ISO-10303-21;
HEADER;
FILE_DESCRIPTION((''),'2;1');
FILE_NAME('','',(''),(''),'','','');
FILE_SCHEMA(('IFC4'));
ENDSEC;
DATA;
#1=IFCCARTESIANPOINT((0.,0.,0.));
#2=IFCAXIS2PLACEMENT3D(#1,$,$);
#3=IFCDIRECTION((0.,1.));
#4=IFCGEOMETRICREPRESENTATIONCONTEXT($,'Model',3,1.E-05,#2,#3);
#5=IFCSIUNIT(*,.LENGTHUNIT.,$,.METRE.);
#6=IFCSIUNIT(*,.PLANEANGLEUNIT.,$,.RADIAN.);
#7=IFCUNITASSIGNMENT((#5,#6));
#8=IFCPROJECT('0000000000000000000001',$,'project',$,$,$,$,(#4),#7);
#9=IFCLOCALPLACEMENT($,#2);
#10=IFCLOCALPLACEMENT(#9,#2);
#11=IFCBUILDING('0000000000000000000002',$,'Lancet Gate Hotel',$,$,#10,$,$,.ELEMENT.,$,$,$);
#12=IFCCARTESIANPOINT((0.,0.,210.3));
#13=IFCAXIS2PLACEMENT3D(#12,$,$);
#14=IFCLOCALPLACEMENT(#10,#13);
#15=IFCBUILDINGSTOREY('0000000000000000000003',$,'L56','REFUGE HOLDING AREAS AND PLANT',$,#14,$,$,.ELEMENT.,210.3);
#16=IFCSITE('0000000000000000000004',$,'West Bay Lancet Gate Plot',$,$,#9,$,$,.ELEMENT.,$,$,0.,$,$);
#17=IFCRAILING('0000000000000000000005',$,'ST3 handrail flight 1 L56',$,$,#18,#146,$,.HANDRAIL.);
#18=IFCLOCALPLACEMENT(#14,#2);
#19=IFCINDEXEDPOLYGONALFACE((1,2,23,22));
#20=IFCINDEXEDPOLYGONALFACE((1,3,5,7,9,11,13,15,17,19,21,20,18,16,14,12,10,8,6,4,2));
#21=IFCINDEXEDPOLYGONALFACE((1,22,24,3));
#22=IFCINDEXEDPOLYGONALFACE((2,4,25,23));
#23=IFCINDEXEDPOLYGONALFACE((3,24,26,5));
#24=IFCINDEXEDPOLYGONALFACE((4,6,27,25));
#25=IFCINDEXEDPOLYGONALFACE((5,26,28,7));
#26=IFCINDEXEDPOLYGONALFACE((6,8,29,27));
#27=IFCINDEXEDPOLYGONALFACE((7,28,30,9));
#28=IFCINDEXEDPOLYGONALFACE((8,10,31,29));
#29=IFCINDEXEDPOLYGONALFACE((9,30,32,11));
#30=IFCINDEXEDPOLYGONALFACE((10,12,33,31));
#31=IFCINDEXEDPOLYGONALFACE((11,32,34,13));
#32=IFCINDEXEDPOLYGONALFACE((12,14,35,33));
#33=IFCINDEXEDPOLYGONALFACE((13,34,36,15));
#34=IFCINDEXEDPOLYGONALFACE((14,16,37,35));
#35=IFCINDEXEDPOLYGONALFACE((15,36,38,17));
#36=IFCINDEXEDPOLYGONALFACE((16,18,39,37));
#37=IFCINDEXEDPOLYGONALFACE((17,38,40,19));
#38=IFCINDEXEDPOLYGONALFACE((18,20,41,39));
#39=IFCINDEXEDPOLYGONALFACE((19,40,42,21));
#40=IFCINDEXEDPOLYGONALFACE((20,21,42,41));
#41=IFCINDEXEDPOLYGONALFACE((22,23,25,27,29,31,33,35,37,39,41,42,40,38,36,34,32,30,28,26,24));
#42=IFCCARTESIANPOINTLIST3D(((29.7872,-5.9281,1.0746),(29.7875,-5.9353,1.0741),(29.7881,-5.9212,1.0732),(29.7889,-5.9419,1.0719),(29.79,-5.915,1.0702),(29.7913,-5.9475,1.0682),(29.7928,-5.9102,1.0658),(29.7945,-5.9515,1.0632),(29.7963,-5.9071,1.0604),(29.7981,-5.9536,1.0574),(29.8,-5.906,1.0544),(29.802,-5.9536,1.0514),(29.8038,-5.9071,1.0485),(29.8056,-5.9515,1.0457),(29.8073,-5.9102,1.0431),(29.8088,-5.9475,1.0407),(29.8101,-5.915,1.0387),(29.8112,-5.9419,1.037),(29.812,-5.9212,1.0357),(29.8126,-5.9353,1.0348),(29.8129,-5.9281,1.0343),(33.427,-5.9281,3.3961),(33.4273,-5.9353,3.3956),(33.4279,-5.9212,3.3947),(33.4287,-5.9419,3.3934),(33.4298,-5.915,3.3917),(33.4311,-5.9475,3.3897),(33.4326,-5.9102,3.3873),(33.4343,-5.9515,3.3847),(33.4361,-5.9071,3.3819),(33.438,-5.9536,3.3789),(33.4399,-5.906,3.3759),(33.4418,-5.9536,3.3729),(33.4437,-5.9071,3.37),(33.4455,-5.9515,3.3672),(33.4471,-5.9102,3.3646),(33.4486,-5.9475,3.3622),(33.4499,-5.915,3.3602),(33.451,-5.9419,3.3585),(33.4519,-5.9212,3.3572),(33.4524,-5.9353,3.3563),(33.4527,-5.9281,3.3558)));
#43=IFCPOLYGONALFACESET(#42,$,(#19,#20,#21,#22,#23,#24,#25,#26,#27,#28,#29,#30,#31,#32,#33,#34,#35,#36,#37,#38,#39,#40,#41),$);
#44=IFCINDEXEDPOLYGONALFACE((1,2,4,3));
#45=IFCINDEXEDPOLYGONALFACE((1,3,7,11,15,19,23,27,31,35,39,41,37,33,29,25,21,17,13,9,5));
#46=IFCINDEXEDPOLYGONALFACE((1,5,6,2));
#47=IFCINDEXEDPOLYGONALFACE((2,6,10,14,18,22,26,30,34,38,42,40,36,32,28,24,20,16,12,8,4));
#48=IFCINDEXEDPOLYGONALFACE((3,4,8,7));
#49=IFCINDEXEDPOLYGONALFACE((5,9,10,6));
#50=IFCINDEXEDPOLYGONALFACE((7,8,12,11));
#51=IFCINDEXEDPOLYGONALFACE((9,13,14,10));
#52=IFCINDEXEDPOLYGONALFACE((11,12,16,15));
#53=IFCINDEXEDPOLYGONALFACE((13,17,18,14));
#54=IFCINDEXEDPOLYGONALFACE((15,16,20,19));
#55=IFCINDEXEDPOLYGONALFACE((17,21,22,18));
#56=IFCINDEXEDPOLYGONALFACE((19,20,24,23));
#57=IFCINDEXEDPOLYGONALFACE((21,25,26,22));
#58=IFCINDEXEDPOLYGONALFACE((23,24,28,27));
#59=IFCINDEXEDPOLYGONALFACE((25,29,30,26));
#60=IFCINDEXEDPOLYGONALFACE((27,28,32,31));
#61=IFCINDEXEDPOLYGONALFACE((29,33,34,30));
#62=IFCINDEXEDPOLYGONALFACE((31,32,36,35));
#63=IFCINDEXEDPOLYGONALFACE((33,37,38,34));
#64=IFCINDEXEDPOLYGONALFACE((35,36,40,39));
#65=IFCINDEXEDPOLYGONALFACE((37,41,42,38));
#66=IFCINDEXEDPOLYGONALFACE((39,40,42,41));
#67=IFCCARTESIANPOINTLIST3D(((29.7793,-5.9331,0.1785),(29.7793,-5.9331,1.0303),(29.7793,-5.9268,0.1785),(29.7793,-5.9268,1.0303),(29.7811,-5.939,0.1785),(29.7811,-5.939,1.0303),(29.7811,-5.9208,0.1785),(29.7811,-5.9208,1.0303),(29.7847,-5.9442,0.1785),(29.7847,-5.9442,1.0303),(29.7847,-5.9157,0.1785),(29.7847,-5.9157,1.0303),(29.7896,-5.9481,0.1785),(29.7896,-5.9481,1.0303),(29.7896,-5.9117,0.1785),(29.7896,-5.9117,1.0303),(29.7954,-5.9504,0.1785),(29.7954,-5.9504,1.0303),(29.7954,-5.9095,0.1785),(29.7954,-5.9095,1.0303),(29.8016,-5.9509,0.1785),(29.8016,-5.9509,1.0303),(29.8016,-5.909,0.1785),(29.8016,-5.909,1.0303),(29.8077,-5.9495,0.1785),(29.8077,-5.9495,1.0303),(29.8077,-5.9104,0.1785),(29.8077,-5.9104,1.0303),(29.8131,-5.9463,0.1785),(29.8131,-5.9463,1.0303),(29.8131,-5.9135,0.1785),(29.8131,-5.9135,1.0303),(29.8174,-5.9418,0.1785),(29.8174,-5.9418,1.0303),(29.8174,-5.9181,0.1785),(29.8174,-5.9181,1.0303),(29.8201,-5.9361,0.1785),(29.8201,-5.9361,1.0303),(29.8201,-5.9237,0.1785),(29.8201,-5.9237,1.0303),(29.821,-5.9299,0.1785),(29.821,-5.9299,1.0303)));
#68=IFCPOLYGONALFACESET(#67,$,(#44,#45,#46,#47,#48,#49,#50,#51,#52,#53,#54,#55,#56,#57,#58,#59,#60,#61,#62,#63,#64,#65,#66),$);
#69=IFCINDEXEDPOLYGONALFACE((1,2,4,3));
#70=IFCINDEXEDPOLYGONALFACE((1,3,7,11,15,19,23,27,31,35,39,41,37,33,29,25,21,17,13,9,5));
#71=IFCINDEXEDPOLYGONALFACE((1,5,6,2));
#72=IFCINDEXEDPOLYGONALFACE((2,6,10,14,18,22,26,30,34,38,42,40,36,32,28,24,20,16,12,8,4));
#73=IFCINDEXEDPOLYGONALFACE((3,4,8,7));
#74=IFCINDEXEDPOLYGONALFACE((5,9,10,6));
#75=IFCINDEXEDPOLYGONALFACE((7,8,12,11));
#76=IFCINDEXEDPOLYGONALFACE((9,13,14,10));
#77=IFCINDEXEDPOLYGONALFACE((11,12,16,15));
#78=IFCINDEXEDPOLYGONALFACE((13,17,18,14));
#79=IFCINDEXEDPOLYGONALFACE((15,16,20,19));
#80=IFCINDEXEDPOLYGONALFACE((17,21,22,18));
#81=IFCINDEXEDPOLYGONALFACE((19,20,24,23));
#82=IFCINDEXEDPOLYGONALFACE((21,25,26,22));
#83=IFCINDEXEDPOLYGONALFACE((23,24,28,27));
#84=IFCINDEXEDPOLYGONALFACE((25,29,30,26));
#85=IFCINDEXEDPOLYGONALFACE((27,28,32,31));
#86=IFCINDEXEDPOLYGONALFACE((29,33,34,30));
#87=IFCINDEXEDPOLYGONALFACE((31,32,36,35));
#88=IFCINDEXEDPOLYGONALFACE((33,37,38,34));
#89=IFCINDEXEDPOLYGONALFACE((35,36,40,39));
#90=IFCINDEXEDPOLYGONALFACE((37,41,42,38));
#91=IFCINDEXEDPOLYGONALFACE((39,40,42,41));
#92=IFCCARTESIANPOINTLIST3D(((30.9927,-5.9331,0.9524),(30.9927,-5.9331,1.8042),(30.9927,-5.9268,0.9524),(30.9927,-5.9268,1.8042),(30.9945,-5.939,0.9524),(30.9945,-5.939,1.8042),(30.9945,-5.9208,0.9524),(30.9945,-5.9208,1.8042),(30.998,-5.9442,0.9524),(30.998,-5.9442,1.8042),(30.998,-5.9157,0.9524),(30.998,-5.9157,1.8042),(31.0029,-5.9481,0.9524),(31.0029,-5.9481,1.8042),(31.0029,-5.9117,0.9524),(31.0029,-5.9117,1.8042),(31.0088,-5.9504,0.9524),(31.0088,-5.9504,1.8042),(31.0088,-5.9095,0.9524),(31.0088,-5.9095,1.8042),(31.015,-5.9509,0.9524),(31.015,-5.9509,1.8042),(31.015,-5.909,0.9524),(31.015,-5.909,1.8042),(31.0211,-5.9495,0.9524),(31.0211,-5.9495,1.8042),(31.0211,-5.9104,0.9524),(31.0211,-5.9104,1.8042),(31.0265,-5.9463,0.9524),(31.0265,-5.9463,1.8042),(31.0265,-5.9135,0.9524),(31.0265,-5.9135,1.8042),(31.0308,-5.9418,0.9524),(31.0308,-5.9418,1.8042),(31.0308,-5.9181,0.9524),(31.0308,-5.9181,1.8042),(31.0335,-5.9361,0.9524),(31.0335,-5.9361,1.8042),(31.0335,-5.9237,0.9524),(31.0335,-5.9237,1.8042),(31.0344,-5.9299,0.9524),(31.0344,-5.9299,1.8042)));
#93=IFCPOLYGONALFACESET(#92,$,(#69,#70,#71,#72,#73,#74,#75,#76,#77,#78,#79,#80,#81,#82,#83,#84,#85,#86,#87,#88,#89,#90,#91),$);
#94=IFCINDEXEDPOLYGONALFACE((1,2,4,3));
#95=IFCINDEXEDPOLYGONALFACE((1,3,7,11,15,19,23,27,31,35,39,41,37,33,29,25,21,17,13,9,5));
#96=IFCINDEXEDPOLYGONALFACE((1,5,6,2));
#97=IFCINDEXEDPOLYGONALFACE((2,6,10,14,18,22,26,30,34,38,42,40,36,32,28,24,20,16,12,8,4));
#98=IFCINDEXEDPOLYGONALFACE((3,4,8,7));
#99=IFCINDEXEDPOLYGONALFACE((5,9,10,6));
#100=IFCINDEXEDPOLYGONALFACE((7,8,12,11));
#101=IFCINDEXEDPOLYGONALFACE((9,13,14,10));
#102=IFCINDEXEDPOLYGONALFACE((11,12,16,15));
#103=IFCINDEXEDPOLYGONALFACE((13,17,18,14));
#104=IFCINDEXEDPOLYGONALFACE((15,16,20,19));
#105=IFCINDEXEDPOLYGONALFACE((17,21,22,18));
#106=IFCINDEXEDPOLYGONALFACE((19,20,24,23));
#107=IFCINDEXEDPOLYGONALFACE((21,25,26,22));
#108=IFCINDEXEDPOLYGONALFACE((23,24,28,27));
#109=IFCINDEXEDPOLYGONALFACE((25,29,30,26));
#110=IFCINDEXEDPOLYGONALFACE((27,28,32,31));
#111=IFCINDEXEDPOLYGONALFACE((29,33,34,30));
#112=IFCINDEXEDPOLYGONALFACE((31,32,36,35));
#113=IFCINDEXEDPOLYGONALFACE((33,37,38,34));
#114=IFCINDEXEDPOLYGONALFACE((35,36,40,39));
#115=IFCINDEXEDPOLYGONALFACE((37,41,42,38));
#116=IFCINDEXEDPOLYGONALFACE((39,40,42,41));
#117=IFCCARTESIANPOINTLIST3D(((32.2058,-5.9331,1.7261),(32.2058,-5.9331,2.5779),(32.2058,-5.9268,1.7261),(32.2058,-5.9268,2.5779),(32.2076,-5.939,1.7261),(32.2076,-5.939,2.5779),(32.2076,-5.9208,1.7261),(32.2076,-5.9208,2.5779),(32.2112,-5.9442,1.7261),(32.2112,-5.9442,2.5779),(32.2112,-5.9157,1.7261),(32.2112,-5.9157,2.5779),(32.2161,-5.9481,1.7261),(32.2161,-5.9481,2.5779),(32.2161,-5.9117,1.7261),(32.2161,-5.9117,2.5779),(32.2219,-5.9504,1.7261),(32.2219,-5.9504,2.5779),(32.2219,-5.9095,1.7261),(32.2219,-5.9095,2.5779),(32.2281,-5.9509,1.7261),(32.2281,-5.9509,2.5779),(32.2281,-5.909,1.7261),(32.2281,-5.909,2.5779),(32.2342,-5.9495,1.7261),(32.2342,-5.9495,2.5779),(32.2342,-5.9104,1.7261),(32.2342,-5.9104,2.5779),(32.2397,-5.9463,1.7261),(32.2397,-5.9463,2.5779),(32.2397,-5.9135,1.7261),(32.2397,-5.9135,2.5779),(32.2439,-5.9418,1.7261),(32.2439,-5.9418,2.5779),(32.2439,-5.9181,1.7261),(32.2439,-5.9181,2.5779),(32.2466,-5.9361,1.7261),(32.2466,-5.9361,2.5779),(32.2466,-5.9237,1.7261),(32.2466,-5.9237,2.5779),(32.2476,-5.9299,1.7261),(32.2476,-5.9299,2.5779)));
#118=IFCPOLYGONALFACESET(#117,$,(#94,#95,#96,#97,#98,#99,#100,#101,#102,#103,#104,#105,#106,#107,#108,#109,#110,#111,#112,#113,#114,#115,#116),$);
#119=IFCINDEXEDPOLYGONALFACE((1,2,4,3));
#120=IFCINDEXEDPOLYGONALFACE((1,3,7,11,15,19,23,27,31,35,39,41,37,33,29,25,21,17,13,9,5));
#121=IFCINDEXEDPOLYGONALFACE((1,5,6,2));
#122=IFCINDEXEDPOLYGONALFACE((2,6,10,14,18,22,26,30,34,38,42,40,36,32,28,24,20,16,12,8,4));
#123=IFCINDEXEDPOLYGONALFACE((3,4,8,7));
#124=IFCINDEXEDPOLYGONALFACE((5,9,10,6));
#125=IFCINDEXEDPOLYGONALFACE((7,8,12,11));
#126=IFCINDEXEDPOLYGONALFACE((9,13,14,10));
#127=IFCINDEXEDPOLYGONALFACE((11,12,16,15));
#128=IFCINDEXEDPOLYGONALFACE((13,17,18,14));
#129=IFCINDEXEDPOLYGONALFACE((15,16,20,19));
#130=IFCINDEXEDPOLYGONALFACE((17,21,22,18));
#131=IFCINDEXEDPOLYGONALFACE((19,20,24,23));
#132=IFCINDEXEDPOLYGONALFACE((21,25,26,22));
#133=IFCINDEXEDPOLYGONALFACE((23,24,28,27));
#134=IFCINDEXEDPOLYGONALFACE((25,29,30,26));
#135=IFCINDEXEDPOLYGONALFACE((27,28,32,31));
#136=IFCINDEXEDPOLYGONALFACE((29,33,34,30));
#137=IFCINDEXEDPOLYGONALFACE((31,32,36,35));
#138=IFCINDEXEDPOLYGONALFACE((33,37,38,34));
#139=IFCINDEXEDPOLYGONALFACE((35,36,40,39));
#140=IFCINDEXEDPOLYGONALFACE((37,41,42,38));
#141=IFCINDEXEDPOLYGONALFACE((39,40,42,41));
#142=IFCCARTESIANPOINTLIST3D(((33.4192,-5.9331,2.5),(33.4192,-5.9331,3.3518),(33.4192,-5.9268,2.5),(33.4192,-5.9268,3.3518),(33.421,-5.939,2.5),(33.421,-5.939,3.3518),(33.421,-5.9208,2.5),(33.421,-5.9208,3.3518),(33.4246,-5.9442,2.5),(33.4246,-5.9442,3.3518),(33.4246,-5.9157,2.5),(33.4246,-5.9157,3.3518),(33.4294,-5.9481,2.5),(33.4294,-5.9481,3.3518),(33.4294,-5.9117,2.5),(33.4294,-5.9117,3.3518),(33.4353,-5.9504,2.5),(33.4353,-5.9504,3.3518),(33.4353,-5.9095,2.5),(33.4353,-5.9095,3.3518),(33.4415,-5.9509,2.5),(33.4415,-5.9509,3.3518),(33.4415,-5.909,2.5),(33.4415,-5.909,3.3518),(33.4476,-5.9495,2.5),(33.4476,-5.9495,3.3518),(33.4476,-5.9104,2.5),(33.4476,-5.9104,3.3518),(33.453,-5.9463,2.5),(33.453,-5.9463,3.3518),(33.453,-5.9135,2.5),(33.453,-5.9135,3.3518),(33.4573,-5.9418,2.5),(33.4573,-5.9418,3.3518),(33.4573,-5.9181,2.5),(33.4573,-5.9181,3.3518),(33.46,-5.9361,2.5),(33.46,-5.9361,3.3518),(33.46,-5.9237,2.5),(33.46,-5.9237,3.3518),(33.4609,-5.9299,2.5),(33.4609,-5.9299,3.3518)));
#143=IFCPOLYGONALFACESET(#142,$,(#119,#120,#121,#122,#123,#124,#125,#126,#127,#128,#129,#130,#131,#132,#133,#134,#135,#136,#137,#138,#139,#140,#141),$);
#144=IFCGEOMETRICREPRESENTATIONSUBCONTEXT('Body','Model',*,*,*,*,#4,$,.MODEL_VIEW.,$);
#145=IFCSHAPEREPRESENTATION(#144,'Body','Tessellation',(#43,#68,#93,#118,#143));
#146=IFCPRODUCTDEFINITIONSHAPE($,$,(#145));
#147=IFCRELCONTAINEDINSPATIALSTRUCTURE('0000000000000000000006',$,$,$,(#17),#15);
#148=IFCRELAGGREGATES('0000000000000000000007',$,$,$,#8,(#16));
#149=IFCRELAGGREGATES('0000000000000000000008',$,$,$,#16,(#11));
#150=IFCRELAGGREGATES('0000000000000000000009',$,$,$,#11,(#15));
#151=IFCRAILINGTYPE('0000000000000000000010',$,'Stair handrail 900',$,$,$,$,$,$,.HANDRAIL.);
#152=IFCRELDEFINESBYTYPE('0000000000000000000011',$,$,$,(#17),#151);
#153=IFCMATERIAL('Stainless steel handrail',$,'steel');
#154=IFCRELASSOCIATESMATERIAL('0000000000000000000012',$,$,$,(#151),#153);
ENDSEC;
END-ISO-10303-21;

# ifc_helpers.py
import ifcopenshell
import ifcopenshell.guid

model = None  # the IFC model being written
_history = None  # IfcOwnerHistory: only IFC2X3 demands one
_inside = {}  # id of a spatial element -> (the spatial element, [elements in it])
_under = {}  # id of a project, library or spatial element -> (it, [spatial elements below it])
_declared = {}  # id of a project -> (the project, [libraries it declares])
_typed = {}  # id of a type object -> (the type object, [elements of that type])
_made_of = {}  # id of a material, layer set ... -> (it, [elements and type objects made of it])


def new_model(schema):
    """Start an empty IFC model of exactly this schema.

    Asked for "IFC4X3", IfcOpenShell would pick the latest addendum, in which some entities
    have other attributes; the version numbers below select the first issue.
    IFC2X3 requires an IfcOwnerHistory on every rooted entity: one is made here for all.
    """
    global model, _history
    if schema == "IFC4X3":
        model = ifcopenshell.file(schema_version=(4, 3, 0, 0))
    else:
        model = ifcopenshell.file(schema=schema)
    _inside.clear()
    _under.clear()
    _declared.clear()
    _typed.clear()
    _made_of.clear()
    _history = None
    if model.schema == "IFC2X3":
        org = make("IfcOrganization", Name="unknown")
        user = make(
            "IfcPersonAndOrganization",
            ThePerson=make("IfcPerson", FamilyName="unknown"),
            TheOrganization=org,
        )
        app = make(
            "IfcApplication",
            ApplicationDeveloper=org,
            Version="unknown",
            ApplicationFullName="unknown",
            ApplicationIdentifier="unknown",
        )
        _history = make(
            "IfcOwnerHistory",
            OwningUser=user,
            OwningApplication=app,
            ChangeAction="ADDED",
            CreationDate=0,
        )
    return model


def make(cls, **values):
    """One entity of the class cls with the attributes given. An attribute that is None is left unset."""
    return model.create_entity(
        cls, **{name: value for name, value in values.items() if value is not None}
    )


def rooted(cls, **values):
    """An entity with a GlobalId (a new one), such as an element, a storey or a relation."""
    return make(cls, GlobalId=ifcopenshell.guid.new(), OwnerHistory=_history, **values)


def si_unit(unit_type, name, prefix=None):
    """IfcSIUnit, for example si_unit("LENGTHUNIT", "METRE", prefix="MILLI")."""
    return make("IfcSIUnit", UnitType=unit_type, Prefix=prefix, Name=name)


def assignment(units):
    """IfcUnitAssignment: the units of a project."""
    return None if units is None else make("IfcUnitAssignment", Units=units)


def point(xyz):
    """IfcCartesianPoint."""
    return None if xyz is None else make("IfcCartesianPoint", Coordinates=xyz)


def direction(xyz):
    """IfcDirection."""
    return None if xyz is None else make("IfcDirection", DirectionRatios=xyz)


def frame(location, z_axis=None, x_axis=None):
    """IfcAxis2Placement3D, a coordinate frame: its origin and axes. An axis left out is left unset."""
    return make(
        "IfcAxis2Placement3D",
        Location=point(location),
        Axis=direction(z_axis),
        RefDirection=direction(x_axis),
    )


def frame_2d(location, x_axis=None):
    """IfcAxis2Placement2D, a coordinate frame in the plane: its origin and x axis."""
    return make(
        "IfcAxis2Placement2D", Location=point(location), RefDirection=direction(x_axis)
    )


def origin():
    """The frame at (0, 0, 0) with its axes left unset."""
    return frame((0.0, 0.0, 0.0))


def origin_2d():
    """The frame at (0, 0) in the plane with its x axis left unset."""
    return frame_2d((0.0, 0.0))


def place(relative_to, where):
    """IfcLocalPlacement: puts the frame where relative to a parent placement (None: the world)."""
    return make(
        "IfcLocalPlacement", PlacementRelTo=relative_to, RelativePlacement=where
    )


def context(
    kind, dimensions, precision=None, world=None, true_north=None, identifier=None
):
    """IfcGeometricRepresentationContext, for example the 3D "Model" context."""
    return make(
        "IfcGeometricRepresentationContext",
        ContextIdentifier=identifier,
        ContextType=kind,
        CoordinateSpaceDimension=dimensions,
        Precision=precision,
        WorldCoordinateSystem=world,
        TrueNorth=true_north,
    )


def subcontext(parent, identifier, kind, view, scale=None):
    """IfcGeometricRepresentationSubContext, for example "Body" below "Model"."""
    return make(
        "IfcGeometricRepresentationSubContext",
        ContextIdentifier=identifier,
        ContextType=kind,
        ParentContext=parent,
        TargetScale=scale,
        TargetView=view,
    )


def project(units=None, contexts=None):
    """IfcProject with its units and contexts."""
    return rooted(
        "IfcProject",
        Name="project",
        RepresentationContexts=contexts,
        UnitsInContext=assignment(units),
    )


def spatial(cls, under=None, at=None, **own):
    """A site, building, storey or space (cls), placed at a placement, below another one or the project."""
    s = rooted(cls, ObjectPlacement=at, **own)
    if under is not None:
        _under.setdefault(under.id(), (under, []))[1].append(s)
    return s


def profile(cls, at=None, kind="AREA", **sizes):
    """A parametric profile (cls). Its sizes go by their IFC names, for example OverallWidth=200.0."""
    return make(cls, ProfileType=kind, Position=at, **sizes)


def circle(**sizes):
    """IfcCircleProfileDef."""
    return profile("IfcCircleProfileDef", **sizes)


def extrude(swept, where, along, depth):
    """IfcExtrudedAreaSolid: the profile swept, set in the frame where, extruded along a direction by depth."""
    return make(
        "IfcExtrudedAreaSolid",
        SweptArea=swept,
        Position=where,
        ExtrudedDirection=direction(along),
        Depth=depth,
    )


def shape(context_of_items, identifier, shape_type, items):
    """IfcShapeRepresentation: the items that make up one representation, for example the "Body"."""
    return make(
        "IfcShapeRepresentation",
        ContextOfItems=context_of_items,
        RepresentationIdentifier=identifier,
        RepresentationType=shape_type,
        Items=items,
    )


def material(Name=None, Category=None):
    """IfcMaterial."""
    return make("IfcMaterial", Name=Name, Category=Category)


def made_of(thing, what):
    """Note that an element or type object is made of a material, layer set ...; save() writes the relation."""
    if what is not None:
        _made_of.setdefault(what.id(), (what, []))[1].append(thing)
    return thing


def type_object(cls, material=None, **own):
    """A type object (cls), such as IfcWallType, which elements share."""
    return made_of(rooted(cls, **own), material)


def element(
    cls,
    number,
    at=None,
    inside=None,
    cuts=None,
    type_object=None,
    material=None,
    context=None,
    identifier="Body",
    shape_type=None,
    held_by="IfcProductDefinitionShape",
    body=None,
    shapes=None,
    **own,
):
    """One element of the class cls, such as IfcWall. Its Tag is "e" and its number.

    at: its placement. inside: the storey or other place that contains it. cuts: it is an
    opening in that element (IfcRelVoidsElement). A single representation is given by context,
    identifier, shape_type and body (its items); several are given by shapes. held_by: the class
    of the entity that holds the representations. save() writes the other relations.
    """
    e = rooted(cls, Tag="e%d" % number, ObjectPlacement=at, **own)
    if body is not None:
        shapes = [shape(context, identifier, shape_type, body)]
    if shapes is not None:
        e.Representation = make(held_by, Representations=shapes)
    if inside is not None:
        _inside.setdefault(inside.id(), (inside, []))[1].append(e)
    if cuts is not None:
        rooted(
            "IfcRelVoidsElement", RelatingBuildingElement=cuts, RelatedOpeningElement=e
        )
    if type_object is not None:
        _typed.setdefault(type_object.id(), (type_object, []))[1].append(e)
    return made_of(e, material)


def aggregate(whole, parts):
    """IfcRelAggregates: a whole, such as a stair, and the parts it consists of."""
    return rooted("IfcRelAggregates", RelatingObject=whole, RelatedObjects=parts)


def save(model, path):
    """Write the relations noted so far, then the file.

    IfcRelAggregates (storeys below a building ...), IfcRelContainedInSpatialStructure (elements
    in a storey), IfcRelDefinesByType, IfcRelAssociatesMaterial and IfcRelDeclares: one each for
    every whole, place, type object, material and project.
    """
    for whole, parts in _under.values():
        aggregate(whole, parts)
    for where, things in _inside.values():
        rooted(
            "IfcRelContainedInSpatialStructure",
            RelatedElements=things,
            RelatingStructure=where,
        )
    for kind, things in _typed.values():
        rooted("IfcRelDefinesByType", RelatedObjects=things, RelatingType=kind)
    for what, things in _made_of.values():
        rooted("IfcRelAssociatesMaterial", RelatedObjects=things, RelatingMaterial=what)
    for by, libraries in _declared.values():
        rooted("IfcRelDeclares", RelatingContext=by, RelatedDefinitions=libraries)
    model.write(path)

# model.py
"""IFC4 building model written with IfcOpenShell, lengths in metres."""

from ifc_helpers import new_model, si_unit, direction, frame, origin, origin_2d, place, context, subcontext, project, spatial, circle, extrude, material, type_object, element, save


model = new_model("IFC4")

# Units and contexts
model_context = context("Model", 3, precision=1e-05, world=origin(), true_north=direction((0.0, 1.0)))
body_context = subcontext(model_context, "Body", "Model", "MODEL_VIEW")
ifc_project = project(units=[si_unit("LENGTHUNIT", "METRE"), si_unit("PLANEANGLEUNIT", "RADIAN")], contexts=[model_context])

# Site, building, storey
site_placement = place(None, origin())
site = spatial("IfcSite", under=ifc_project, at=site_placement, Name="West Bay Lancet Gate Plot", CompositionType="ELEMENT", RefElevation=0.0)
building_placement = place(site_placement, origin())
building = spatial("IfcBuilding", under=site, at=building_placement, Name="Lancet Gate Hotel", CompositionType="ELEMENT")
storey_placement = place(building_placement, frame((0.0, 0.0, 210.3)))
storey = spatial("IfcBuildingStorey", under=building, at=storey_placement, Name="L56", Description="REFUGE HOLDING AREAS AND PLANT", CompositionType="ELEMENT", Elevation=210.3)

# Railing
ifc_material_1 = material(Name="Stainless steel handrail", Category="steel")
railing_type = type_object("IfcRailingType", Name="Stair handrail 900", PredefinedType="HANDRAIL", material=ifc_material_1)
railing_1_placement = place(storey_placement, frame((29.8, -5.9299, 0.1785)))
element("IfcRailing", 1, at=railing_1_placement, inside=storey, type_object=railing_type, Name="ST3 handrail flight 1 L56", PredefinedType="HANDRAIL", context=body_context, shape_type="SweptSolid", body=[
    extrude(circle(Radius=0.0239, at=origin_2d()), frame((0.0, 0.0, 0.876), z_axis=(0.843112, 0.0, 0.537739), x_axis=(0.0, 1.0, 0.0)), (0.0, 0.0, 1.0), 4.3171),
    extrude(circle(Radius=0.021, at=origin_2d()), origin(), (0.0, 0.0, 1.0), 0.8518),
    extrude(circle(Radius=0.021, at=origin_2d()), frame((1.2134, 0.0, 0.7739)), (0.0, 0.0, 1.0), 0.8518),
    extrude(circle(Radius=0.021, at=origin_2d()), frame((2.4265, 0.0, 1.5476)), (0.0, 0.0, 1.0), 0.8518),
    extrude(circle(Radius=0.021, at=origin_2d()), frame((3.6399, 0.0, 2.3215)), (0.0, 0.0, 1.0), 0.8518),
])

save(model, "model.ifc")
